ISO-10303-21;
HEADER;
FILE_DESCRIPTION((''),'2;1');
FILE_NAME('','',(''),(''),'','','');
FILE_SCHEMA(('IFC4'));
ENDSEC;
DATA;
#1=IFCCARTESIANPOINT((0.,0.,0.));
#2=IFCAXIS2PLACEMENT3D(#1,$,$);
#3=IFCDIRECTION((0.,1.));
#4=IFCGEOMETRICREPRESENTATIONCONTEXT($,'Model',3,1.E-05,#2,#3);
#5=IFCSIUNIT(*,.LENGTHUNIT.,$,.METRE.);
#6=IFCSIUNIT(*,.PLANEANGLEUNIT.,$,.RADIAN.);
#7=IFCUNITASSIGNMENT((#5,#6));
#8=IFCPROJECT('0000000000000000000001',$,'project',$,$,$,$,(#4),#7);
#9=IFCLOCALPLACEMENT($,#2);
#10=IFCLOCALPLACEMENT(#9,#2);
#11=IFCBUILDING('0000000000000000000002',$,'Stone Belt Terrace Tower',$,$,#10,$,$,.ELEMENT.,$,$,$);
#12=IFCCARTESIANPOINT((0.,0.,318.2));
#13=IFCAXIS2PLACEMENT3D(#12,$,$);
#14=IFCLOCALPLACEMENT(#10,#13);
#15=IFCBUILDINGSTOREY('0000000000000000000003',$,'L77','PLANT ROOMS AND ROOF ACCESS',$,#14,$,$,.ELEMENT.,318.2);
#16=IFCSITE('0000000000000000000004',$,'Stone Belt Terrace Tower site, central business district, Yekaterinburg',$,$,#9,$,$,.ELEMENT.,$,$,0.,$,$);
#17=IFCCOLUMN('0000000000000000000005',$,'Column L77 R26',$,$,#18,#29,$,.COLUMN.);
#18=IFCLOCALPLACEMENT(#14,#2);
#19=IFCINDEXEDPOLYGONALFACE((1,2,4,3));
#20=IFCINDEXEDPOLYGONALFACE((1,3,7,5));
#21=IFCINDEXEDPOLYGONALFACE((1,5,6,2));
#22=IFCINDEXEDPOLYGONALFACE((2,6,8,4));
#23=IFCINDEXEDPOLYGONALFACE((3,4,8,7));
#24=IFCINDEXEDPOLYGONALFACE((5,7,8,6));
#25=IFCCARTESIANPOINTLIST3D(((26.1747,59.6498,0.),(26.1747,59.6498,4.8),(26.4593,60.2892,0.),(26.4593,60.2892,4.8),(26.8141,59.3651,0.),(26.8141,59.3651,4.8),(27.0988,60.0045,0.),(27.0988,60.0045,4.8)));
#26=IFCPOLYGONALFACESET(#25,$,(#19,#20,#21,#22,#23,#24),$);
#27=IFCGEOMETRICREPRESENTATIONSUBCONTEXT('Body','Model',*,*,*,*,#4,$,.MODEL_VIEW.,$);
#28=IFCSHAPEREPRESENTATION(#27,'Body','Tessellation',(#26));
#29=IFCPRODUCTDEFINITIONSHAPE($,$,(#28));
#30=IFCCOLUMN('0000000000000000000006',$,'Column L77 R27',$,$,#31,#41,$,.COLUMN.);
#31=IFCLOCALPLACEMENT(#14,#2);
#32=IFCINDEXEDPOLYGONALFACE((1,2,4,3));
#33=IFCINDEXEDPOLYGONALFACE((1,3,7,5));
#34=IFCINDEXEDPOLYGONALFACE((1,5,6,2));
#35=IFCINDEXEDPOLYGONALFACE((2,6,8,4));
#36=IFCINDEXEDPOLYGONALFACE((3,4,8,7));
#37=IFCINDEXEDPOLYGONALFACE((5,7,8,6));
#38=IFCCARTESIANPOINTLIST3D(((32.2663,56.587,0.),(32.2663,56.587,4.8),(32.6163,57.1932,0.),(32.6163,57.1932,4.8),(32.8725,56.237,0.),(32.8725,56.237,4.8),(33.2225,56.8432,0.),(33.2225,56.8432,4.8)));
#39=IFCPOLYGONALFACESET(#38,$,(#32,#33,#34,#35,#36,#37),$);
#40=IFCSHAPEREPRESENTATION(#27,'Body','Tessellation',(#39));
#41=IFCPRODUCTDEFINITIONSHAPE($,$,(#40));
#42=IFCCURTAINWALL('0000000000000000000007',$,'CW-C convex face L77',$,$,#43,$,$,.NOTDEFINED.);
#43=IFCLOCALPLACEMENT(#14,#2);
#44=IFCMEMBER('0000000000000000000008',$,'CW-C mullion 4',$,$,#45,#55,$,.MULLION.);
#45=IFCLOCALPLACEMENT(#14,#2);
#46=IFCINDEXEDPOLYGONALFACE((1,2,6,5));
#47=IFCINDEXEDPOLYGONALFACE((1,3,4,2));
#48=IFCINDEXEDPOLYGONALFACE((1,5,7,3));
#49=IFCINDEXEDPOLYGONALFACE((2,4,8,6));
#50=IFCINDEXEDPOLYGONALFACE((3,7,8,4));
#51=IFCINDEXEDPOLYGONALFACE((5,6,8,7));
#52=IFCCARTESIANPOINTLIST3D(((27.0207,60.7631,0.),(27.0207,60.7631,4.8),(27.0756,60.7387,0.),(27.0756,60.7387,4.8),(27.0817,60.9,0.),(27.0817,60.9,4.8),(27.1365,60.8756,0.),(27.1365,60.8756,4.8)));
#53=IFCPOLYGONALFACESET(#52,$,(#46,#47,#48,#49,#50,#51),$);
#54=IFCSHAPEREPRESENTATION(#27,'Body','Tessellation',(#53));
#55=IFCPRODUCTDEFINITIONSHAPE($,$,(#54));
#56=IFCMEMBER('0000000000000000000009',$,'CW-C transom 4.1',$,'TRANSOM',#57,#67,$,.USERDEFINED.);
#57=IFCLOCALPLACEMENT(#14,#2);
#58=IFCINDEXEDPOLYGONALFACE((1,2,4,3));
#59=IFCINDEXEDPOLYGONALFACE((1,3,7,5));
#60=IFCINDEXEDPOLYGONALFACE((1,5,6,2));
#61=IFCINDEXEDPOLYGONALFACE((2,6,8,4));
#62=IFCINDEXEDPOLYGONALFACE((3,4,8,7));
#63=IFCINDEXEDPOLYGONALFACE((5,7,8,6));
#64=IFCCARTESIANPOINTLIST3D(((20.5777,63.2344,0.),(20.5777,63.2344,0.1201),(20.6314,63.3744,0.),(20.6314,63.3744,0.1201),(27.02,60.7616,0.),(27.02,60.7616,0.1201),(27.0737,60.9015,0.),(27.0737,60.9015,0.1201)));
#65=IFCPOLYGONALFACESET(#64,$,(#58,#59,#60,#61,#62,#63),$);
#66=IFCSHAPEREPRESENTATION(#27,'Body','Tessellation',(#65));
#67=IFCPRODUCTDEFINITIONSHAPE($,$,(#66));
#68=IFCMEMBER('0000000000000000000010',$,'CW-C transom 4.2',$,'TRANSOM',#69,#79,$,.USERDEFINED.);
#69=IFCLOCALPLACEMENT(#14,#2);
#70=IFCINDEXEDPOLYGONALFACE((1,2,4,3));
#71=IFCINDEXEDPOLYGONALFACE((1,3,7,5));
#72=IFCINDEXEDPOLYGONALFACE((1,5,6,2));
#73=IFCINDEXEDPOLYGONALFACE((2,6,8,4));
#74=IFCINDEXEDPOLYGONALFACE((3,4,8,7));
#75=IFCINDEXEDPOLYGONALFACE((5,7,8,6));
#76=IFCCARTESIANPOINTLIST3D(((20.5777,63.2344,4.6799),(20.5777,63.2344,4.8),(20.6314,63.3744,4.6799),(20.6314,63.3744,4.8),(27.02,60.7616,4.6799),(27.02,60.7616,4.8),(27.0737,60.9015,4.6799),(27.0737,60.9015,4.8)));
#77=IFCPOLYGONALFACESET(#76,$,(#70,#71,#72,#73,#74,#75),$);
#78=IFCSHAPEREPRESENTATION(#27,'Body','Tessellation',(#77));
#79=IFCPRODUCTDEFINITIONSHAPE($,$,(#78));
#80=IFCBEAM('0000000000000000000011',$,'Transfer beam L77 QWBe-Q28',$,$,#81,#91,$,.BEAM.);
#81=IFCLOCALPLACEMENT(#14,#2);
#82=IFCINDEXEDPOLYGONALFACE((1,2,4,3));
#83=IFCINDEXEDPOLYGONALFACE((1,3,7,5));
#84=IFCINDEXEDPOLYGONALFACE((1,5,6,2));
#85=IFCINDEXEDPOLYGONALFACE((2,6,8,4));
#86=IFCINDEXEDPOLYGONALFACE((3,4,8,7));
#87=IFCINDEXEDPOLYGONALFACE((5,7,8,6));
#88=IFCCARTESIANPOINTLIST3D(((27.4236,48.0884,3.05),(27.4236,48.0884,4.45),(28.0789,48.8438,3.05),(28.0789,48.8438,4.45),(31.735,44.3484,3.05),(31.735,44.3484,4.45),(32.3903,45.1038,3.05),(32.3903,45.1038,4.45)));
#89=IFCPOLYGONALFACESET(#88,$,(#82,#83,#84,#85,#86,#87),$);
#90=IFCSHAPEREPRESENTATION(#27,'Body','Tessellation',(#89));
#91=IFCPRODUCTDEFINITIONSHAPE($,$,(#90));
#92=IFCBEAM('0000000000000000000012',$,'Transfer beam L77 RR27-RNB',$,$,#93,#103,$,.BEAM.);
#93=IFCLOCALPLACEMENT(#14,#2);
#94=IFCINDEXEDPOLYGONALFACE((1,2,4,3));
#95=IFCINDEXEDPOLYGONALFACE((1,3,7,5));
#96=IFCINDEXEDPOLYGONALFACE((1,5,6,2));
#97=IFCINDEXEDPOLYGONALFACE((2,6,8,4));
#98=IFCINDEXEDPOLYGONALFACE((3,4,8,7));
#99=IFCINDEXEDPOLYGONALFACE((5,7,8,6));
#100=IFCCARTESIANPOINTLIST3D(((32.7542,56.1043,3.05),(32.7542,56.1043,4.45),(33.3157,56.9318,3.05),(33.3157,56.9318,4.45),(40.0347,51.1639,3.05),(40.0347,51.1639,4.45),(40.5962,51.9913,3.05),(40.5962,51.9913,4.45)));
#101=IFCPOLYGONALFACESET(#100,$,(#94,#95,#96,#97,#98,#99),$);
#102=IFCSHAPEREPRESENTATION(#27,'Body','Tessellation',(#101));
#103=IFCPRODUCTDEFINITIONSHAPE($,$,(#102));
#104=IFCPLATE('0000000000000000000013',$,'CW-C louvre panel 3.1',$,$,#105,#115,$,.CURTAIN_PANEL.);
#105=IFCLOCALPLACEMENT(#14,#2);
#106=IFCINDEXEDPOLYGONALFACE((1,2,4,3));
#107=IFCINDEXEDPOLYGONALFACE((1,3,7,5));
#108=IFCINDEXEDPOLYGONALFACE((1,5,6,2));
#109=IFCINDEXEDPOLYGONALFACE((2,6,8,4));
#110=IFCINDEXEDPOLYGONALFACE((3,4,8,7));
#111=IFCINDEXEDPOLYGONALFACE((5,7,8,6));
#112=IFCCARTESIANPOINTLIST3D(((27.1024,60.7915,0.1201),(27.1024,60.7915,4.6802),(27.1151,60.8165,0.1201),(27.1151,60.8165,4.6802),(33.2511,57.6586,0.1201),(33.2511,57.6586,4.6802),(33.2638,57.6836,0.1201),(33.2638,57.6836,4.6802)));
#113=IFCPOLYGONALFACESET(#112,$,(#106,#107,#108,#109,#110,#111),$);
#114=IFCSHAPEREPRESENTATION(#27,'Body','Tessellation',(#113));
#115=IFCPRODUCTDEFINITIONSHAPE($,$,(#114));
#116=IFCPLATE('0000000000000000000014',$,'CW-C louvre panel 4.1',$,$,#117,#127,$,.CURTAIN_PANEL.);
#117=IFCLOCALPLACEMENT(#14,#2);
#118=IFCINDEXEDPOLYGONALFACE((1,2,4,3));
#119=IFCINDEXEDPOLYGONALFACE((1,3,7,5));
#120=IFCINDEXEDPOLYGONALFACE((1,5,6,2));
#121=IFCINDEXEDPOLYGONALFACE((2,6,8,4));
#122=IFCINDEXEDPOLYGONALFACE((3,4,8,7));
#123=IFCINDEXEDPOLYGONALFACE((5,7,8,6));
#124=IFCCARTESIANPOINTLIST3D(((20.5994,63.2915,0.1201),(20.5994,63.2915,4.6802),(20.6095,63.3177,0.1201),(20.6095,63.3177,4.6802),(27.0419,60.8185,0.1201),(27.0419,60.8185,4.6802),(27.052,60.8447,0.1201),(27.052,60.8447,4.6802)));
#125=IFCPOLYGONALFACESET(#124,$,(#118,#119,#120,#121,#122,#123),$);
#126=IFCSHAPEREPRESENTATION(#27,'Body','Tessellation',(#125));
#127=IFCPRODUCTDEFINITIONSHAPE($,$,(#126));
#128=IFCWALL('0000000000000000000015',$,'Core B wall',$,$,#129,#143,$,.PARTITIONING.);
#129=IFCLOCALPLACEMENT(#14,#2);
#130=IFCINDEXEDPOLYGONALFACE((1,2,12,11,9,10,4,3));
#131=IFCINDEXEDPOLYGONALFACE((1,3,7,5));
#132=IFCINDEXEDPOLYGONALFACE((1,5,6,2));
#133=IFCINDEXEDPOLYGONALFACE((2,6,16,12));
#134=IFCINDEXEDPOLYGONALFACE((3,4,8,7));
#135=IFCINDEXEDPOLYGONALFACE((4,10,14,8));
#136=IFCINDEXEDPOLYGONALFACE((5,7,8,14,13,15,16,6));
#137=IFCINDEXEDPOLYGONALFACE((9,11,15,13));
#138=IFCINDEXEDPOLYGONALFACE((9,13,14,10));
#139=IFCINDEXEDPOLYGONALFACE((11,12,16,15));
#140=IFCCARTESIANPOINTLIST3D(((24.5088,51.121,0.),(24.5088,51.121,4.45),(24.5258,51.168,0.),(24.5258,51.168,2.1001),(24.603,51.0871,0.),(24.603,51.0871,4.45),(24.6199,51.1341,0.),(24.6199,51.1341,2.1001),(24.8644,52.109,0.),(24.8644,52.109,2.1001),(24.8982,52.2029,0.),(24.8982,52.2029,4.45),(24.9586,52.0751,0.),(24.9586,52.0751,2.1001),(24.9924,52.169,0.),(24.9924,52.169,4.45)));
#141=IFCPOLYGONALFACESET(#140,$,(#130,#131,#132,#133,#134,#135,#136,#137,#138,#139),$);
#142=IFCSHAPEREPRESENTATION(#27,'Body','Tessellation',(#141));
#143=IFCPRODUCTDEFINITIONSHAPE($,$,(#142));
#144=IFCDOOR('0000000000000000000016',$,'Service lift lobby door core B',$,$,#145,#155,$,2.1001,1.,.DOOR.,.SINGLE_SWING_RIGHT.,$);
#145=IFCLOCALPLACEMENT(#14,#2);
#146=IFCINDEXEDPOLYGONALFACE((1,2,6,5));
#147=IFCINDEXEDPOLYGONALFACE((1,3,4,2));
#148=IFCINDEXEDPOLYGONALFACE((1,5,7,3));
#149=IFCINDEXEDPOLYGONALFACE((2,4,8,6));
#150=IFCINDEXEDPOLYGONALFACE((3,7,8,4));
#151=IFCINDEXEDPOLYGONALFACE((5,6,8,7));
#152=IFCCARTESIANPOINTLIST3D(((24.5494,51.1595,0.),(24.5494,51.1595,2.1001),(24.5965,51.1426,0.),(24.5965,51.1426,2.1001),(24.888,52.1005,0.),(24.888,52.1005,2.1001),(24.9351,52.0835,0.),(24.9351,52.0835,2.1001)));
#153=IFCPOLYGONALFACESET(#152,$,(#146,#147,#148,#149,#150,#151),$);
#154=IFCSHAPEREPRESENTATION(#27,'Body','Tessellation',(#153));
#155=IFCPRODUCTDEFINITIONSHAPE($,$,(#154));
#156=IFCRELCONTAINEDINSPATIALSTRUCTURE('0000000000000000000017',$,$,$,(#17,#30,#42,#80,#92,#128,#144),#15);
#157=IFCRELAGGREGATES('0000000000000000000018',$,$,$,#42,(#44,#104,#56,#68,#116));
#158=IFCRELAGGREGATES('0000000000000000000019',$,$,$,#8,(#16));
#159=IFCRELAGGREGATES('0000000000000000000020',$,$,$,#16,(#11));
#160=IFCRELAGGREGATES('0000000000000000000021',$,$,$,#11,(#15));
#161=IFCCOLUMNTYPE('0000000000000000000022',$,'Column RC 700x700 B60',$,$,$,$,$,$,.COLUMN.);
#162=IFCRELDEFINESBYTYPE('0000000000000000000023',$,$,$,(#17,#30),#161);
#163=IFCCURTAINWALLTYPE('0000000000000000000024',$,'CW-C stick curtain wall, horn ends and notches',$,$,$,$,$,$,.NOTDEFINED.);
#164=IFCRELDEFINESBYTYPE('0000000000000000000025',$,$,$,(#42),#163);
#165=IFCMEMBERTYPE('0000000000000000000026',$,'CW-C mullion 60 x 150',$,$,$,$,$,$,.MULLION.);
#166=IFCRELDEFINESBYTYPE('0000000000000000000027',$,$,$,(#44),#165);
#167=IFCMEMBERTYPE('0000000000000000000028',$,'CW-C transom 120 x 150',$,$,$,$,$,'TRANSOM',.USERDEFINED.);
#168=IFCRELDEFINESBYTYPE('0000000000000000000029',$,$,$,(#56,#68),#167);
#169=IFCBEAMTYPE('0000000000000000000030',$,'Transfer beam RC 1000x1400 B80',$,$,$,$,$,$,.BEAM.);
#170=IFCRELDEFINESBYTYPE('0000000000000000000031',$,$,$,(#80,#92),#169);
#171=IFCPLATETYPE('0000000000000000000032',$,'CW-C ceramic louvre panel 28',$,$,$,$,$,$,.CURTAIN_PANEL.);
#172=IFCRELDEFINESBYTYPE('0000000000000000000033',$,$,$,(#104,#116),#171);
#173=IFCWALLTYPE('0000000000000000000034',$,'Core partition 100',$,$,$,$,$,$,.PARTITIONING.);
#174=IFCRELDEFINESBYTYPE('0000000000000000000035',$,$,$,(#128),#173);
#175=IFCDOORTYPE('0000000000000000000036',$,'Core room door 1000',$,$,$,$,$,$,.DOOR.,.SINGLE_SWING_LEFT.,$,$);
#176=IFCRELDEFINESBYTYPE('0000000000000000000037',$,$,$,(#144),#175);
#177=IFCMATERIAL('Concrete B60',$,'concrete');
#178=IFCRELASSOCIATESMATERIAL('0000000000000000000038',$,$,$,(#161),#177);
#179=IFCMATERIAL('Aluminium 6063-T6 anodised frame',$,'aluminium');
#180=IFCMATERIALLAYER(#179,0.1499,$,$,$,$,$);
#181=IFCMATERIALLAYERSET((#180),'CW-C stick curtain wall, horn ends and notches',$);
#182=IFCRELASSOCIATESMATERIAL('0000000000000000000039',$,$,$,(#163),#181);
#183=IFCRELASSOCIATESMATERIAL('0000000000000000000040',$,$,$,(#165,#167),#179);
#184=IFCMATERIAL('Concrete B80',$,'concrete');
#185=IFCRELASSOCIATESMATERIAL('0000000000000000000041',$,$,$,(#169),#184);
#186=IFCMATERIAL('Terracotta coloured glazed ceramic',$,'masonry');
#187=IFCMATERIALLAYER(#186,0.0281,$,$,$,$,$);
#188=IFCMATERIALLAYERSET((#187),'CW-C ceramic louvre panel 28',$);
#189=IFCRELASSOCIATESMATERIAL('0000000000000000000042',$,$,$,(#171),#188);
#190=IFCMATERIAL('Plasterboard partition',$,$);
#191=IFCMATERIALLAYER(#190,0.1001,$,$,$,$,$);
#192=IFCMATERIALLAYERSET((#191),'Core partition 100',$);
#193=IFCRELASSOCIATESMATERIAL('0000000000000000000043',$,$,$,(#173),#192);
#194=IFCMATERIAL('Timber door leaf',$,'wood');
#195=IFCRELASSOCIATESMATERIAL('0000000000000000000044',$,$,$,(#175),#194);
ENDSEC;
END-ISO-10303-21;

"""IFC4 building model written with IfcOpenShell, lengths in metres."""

from ifc_helpers import new_model, si_unit, direction, frame, frame_2d, origin, origin_2d, place, context, subcontext, project, spatial, rectangle, extrude, material, layer, layer_set, material_profile, profile_set, type_object, element, fill, aggregate, save


model = new_model("IFC4")

# Units and contexts
model_context = context("Model", 3, precision=1e-05, world=origin(), true_north=direction((0.0, 1.0)))
body_context = subcontext(model_context, "Body", "Model", "MODEL_VIEW")
ifc_project = project(units=[si_unit("LENGTHUNIT", "METRE"), si_unit("PLANEANGLEUNIT", "RADIAN")], contexts=[model_context])

# Site, building, storey
site_placement = place(None, origin())
site = spatial("IfcSite", under=ifc_project, at=site_placement, Name="Stone Belt Terrace Tower site, central business district, Yekaterinburg", CompositionType="ELEMENT", RefElevation=0.0)
building_placement = place(site_placement, origin())
building = spatial("IfcBuilding", under=site, at=building_placement, Name="Stone Belt Terrace Tower", CompositionType="ELEMENT")
storey_placement = place(building_placement, frame((0.0, 0.0, 318.2)))
storey = spatial("IfcBuildingStorey", under=building, at=storey_placement, Name="L77", Description="PLANT ROOMS AND ROOF ACCESS", CompositionType="ELEMENT", Elevation=318.2)

# Columns
ifc_material_1 = material(Name="Concrete B60", Category="concrete")
ifc_material_profile_1 = material_profile(ifc_material_1, rectangle(XDim=0.7, YDim=0.7, at=origin_2d()), Name="RC 700x700")
ifc_profile_set_1 = profile_set([ifc_material_profile_1], Name="Concrete B60")
column_type = type_object("IfcColumnType", Name="Column RC 700x700 B60", PredefinedType="COLUMN", material=ifc_profile_set_1)
for number, where, z_axis, x_axis, name in (
    (1, (26.6367, 59.8271, 0.0), (0.0, 0.0, 1.0), (0.913545, -0.406737, 0.0), "Column L77 R26"),
    (2, (32.7444, 56.7151, 0.0), (0.0, 0.0, 1.0), (0.866025, -0.5, 0.0), "Column L77 R27"),
):
    element("IfcColumn", number, at=place(storey_placement, frame(where, z_axis=z_axis, x_axis=x_axis)), inside=storey, type_object=column_type, Name=name, PredefinedType="COLUMN", context=body_context, shape_type="SweptSolid", body=[
        extrude(rectangle(XDim=0.7, YDim=0.7, at=origin_2d()), origin(), (0.0, 0.0, 1.0), 4.8),
    ])

# Curtain wall, members
ifc_material_2 = material(Name="Aluminium 6063-T6 anodised frame", Category="aluminium")
ifc_layer_1 = layer(ifc_material_2, 0.1499)
ifc_layer_set_1 = layer_set([ifc_layer_1], Name="CW-C stick curtain wall, horn ends and notches")
curtain_wall_type = type_object("IfcCurtainWallType", Name="CW-C stick curtain wall, horn ends and notches", PredefinedType="NOTDEFINED", material=ifc_layer_set_1)
curtain_wall_placement = place(storey_placement, origin())
curtain_wall = element("IfcCurtainWall", 3, at=curtain_wall_placement, inside=storey, type_object=curtain_wall_type, Name="CW-C convex face L77", PredefinedType="NOTDEFINED")
ifc_material_profile_2 = material_profile(ifc_material_2, rectangle(XDim=0.1499, YDim=0.0601, at=origin_2d()), Name="Aluminium 6063-T6 60x150")
ifc_profile_set_2 = profile_set([ifc_material_profile_2], Name="Aluminium 6063-T6 anodised frame")
member_type_1 = type_object("IfcMemberType", Name="CW-C mullion 60 x 150", PredefinedType="MULLION", material=ifc_profile_set_2)
member_1_placement = place(storey_placement, frame((27.0786, 60.8193, 0.0), z_axis=(0.0, 0.0, 1.0), x_axis=(-0.406737, -0.913545, 0.0)))
member_1 = element("IfcMember", 4, at=member_1_placement, type_object=member_type_1, Name="CW-C mullion 4", PredefinedType="MULLION", context=body_context, shape_type="SweptSolid", body=[
    extrude(rectangle(XDim=0.1499, YDim=0.0601, at=origin_2d()), origin(), (0.0, 0.0, 1.0), 4.8),
])
ifc_material_profile_3 = material_profile(ifc_material_2, rectangle(XDim=0.1499, YDim=0.1201, at=origin_2d()), Name="Aluminium 6063-T6 150x120")
ifc_profile_set_3 = profile_set([ifc_material_profile_3], Name="Aluminium 6063-T6 anodised frame")
member_type_2 = type_object("IfcMemberType", Name="CW-C transom 120 x 150", ElementType="TRANSOM", PredefinedType="USERDEFINED", material=ifc_profile_set_3)
member_2_placement = place(storey_placement, frame((27.0469, 60.8315, 0.0601), z_axis=(-0.933585, 0.358355, 0.0), x_axis=(-0.358355, -0.933585, 0.0)))
member_2 = element("IfcMember", 5, at=member_2_placement, type_object=member_type_2, Name="CW-C transom 4.1", ObjectType="TRANSOM", PredefinedType="USERDEFINED", context=body_context, shape_type="SweptSolid", body=[
    extrude(rectangle(XDim=0.1499, YDim=0.1201, at=origin_2d()), origin(), (0.0, 0.0, 1.0), 6.9006),
])
member_3_placement = place(storey_placement, frame((27.0469, 60.8315, 4.74), z_axis=(-0.933585, 0.358355, 0.0), x_axis=(-0.358355, -0.933585, 0.0)))
member_3 = element("IfcMember", 6, at=member_3_placement, type_object=member_type_2, Name="CW-C transom 4.2", ObjectType="TRANSOM", PredefinedType="USERDEFINED", context=body_context, shape_type="SweptSolid", body=[
    extrude(rectangle(XDim=0.1499, YDim=0.1201, at=origin_2d()), origin(), (0.0, 0.0, 1.0), 6.9006),
])

# Beams
ifc_material_3 = material(Name="Concrete B80", Category="concrete")
ifc_material_profile_4 = material_profile(ifc_material_3, rectangle(XDim=1.0, YDim=1.3999, at=origin_2d()), Name="RC 1000x1400")
ifc_profile_set_4 = profile_set([ifc_material_profile_4], Name="Concrete B80")
beam_type = type_object("IfcBeamType", Name="Transfer beam RC 1000x1400 B80", PredefinedType="BEAM", material=ifc_profile_set_4)
beam_1_placement = place(storey_placement, frame((27.7512, 48.4661, 3.75), z_axis=(0.7554, -0.655264, 0.0), x_axis=(0.655264, 0.7554, 0.0)))
element("IfcBeam", 7, at=beam_1_placement, inside=storey, type_object=beam_type, Name="Transfer beam L77 QWBe-Q28", PredefinedType="BEAM", context=body_context, shape_type="SweptSolid", body=[
    extrude(rectangle(XDim=1.0, YDim=1.3999, at=origin_2d()), origin(), (0.0, 0.0, 1.0), 5.7075),
])
beam_2_placement = place(storey_placement, frame((33.0349, 56.5181, 3.75), z_axis=(0.827472, -0.561508, 0.0), x_axis=(0.561508, 0.827472, 0.0)))
element("IfcBeam", 8, at=beam_2_placement, inside=storey, type_object=beam_type, Name="Transfer beam L77 RR27-RNB", PredefinedType="BEAM", context=body_context, shape_type="SweptSolid", body=[
    extrude(rectangle(XDim=1.0, YDim=1.3999, at=origin_2d()), origin(), (0.0, 0.0, 1.0), 8.7986),
])

# Plates
ifc_material_4 = material(Name="Terracotta coloured glazed ceramic", Category="masonry")
ifc_layer_2 = layer(ifc_material_4, 0.0281)
ifc_layer_set_2 = layer_set([ifc_layer_2], Name="CW-C ceramic louvre panel 28")
plate_type = type_object("IfcPlateType", Name="CW-C ceramic louvre panel 28", PredefinedType="CURTAIN_PANEL", material=ifc_layer_set_2)
plate_1_placement = place(storey_placement, frame((30.1831, 59.2375, 0.1201), z_axis=(0.0, 0.0, 1.0), x_axis=(-0.891007, 0.45399, 0.0)))
plate_1 = element("IfcPlate", 9, at=plate_1_placement, type_object=plate_type, Name="CW-C louvre panel 3.1", PredefinedType="CURTAIN_PANEL", context=body_context, shape_type="SweptSolid", body=[
    extrude(rectangle(XDim=6.9009, YDim=0.0281, at=origin_2d()), origin(), (0.0, 0.0, 1.0), 4.5601),
])
plate_2_placement = place(storey_placement, frame((23.8257, 62.0681, 0.1201), z_axis=(0.0, 0.0, 1.0), x_axis=(-0.93358, 0.358368, 0.0)))
plate_2 = element("IfcPlate", 10, at=plate_2_placement, type_object=plate_type, Name="CW-C louvre panel 4.1", PredefinedType="CURTAIN_PANEL", context=body_context, shape_type="SweptSolid", body=[
    extrude(rectangle(XDim=6.9009, YDim=0.0281, at=origin_2d()), origin(), (0.0, 0.0, 1.0), 4.5601),
])
aggregate(curtain_wall, [member_1, plate_1, member_2, member_3, plate_2])

# Wall, opening, door
ifc_material_5 = material(Name="Plasterboard partition")
ifc_layer_3 = layer(ifc_material_5, 0.1001)
ifc_layer_set_3 = layer_set([ifc_layer_3], Name="Core partition 100")
wall_type_1 = type_object("IfcWallType", Name="Core partition 100", PredefinedType="PARTITIONING", material=ifc_layer_set_3)
wall_1_placement = place(storey_placement, frame((24.5559, 51.104, 0.0), z_axis=(0.0, 0.0, 1.0), x_axis=(0.338622, 0.940923, 0.0)))
wall_1 = element("IfcWall", 11, at=wall_1_placement, inside=storey, type_object=wall_type_1, Name="Core B wall", PredefinedType="PARTITIONING", context=body_context, shape_type="SweptSolid", body=[
    extrude(rectangle(XDim=1.1499, YDim=0.1001, at=frame_2d((0.575, 0.0))), origin(), (0.0, 0.0, 1.0), 4.45),
])
opening_1_placement = place(wall_1_placement, frame((0.05, 0.0, 0.0)))
opening_1 = element("IfcOpeningElement", 12, at=opening_1_placement, cuts=wall_1, PredefinedType="OPENING", context=body_context, shape_type="SweptSolid", body=[
    extrude(rectangle(XDim=1.0, YDim=2.1001, at=frame_2d((0.5, 1.05))), frame((0.0, 0.0601, 0.0), z_axis=(0.0, -1.0, 0.0), x_axis=(1.0, 0.0, 0.0)), (0.0, 0.0, 1.0), 0.1201),
])
ifc_material_6 = material(Name="Timber door leaf", Category="wood")
door_type_1 = type_object("IfcDoorType", Name="Core room door 1000", OperationType="SINGLE_SWING_LEFT", PredefinedType="DOOR", material=ifc_material_6)
door_1_placement = place(opening_1_placement, origin())
door_1 = element("IfcDoor", 13, at=door_1_placement, inside=storey, type_object=door_type_1, Name="Service lift lobby door core B", OperationType="SINGLE_SWING_RIGHT", OverallHeight=2.1001, OverallWidth=1.0, PredefinedType="DOOR", context=body_context, shape_type="SweptSolid", body=[
    extrude(rectangle(XDim=1.0, YDim=2.1001, at=frame_2d((0.5, 1.05))), frame((0.0, 0.0249, 0.0), z_axis=(0.0, -1.0, 0.0), x_axis=(1.0, 0.0, 0.0)), (0.0, 0.0, 1.0), 0.05),
])
fill(opening_1, door_1)

save(model, "model.ifc")
